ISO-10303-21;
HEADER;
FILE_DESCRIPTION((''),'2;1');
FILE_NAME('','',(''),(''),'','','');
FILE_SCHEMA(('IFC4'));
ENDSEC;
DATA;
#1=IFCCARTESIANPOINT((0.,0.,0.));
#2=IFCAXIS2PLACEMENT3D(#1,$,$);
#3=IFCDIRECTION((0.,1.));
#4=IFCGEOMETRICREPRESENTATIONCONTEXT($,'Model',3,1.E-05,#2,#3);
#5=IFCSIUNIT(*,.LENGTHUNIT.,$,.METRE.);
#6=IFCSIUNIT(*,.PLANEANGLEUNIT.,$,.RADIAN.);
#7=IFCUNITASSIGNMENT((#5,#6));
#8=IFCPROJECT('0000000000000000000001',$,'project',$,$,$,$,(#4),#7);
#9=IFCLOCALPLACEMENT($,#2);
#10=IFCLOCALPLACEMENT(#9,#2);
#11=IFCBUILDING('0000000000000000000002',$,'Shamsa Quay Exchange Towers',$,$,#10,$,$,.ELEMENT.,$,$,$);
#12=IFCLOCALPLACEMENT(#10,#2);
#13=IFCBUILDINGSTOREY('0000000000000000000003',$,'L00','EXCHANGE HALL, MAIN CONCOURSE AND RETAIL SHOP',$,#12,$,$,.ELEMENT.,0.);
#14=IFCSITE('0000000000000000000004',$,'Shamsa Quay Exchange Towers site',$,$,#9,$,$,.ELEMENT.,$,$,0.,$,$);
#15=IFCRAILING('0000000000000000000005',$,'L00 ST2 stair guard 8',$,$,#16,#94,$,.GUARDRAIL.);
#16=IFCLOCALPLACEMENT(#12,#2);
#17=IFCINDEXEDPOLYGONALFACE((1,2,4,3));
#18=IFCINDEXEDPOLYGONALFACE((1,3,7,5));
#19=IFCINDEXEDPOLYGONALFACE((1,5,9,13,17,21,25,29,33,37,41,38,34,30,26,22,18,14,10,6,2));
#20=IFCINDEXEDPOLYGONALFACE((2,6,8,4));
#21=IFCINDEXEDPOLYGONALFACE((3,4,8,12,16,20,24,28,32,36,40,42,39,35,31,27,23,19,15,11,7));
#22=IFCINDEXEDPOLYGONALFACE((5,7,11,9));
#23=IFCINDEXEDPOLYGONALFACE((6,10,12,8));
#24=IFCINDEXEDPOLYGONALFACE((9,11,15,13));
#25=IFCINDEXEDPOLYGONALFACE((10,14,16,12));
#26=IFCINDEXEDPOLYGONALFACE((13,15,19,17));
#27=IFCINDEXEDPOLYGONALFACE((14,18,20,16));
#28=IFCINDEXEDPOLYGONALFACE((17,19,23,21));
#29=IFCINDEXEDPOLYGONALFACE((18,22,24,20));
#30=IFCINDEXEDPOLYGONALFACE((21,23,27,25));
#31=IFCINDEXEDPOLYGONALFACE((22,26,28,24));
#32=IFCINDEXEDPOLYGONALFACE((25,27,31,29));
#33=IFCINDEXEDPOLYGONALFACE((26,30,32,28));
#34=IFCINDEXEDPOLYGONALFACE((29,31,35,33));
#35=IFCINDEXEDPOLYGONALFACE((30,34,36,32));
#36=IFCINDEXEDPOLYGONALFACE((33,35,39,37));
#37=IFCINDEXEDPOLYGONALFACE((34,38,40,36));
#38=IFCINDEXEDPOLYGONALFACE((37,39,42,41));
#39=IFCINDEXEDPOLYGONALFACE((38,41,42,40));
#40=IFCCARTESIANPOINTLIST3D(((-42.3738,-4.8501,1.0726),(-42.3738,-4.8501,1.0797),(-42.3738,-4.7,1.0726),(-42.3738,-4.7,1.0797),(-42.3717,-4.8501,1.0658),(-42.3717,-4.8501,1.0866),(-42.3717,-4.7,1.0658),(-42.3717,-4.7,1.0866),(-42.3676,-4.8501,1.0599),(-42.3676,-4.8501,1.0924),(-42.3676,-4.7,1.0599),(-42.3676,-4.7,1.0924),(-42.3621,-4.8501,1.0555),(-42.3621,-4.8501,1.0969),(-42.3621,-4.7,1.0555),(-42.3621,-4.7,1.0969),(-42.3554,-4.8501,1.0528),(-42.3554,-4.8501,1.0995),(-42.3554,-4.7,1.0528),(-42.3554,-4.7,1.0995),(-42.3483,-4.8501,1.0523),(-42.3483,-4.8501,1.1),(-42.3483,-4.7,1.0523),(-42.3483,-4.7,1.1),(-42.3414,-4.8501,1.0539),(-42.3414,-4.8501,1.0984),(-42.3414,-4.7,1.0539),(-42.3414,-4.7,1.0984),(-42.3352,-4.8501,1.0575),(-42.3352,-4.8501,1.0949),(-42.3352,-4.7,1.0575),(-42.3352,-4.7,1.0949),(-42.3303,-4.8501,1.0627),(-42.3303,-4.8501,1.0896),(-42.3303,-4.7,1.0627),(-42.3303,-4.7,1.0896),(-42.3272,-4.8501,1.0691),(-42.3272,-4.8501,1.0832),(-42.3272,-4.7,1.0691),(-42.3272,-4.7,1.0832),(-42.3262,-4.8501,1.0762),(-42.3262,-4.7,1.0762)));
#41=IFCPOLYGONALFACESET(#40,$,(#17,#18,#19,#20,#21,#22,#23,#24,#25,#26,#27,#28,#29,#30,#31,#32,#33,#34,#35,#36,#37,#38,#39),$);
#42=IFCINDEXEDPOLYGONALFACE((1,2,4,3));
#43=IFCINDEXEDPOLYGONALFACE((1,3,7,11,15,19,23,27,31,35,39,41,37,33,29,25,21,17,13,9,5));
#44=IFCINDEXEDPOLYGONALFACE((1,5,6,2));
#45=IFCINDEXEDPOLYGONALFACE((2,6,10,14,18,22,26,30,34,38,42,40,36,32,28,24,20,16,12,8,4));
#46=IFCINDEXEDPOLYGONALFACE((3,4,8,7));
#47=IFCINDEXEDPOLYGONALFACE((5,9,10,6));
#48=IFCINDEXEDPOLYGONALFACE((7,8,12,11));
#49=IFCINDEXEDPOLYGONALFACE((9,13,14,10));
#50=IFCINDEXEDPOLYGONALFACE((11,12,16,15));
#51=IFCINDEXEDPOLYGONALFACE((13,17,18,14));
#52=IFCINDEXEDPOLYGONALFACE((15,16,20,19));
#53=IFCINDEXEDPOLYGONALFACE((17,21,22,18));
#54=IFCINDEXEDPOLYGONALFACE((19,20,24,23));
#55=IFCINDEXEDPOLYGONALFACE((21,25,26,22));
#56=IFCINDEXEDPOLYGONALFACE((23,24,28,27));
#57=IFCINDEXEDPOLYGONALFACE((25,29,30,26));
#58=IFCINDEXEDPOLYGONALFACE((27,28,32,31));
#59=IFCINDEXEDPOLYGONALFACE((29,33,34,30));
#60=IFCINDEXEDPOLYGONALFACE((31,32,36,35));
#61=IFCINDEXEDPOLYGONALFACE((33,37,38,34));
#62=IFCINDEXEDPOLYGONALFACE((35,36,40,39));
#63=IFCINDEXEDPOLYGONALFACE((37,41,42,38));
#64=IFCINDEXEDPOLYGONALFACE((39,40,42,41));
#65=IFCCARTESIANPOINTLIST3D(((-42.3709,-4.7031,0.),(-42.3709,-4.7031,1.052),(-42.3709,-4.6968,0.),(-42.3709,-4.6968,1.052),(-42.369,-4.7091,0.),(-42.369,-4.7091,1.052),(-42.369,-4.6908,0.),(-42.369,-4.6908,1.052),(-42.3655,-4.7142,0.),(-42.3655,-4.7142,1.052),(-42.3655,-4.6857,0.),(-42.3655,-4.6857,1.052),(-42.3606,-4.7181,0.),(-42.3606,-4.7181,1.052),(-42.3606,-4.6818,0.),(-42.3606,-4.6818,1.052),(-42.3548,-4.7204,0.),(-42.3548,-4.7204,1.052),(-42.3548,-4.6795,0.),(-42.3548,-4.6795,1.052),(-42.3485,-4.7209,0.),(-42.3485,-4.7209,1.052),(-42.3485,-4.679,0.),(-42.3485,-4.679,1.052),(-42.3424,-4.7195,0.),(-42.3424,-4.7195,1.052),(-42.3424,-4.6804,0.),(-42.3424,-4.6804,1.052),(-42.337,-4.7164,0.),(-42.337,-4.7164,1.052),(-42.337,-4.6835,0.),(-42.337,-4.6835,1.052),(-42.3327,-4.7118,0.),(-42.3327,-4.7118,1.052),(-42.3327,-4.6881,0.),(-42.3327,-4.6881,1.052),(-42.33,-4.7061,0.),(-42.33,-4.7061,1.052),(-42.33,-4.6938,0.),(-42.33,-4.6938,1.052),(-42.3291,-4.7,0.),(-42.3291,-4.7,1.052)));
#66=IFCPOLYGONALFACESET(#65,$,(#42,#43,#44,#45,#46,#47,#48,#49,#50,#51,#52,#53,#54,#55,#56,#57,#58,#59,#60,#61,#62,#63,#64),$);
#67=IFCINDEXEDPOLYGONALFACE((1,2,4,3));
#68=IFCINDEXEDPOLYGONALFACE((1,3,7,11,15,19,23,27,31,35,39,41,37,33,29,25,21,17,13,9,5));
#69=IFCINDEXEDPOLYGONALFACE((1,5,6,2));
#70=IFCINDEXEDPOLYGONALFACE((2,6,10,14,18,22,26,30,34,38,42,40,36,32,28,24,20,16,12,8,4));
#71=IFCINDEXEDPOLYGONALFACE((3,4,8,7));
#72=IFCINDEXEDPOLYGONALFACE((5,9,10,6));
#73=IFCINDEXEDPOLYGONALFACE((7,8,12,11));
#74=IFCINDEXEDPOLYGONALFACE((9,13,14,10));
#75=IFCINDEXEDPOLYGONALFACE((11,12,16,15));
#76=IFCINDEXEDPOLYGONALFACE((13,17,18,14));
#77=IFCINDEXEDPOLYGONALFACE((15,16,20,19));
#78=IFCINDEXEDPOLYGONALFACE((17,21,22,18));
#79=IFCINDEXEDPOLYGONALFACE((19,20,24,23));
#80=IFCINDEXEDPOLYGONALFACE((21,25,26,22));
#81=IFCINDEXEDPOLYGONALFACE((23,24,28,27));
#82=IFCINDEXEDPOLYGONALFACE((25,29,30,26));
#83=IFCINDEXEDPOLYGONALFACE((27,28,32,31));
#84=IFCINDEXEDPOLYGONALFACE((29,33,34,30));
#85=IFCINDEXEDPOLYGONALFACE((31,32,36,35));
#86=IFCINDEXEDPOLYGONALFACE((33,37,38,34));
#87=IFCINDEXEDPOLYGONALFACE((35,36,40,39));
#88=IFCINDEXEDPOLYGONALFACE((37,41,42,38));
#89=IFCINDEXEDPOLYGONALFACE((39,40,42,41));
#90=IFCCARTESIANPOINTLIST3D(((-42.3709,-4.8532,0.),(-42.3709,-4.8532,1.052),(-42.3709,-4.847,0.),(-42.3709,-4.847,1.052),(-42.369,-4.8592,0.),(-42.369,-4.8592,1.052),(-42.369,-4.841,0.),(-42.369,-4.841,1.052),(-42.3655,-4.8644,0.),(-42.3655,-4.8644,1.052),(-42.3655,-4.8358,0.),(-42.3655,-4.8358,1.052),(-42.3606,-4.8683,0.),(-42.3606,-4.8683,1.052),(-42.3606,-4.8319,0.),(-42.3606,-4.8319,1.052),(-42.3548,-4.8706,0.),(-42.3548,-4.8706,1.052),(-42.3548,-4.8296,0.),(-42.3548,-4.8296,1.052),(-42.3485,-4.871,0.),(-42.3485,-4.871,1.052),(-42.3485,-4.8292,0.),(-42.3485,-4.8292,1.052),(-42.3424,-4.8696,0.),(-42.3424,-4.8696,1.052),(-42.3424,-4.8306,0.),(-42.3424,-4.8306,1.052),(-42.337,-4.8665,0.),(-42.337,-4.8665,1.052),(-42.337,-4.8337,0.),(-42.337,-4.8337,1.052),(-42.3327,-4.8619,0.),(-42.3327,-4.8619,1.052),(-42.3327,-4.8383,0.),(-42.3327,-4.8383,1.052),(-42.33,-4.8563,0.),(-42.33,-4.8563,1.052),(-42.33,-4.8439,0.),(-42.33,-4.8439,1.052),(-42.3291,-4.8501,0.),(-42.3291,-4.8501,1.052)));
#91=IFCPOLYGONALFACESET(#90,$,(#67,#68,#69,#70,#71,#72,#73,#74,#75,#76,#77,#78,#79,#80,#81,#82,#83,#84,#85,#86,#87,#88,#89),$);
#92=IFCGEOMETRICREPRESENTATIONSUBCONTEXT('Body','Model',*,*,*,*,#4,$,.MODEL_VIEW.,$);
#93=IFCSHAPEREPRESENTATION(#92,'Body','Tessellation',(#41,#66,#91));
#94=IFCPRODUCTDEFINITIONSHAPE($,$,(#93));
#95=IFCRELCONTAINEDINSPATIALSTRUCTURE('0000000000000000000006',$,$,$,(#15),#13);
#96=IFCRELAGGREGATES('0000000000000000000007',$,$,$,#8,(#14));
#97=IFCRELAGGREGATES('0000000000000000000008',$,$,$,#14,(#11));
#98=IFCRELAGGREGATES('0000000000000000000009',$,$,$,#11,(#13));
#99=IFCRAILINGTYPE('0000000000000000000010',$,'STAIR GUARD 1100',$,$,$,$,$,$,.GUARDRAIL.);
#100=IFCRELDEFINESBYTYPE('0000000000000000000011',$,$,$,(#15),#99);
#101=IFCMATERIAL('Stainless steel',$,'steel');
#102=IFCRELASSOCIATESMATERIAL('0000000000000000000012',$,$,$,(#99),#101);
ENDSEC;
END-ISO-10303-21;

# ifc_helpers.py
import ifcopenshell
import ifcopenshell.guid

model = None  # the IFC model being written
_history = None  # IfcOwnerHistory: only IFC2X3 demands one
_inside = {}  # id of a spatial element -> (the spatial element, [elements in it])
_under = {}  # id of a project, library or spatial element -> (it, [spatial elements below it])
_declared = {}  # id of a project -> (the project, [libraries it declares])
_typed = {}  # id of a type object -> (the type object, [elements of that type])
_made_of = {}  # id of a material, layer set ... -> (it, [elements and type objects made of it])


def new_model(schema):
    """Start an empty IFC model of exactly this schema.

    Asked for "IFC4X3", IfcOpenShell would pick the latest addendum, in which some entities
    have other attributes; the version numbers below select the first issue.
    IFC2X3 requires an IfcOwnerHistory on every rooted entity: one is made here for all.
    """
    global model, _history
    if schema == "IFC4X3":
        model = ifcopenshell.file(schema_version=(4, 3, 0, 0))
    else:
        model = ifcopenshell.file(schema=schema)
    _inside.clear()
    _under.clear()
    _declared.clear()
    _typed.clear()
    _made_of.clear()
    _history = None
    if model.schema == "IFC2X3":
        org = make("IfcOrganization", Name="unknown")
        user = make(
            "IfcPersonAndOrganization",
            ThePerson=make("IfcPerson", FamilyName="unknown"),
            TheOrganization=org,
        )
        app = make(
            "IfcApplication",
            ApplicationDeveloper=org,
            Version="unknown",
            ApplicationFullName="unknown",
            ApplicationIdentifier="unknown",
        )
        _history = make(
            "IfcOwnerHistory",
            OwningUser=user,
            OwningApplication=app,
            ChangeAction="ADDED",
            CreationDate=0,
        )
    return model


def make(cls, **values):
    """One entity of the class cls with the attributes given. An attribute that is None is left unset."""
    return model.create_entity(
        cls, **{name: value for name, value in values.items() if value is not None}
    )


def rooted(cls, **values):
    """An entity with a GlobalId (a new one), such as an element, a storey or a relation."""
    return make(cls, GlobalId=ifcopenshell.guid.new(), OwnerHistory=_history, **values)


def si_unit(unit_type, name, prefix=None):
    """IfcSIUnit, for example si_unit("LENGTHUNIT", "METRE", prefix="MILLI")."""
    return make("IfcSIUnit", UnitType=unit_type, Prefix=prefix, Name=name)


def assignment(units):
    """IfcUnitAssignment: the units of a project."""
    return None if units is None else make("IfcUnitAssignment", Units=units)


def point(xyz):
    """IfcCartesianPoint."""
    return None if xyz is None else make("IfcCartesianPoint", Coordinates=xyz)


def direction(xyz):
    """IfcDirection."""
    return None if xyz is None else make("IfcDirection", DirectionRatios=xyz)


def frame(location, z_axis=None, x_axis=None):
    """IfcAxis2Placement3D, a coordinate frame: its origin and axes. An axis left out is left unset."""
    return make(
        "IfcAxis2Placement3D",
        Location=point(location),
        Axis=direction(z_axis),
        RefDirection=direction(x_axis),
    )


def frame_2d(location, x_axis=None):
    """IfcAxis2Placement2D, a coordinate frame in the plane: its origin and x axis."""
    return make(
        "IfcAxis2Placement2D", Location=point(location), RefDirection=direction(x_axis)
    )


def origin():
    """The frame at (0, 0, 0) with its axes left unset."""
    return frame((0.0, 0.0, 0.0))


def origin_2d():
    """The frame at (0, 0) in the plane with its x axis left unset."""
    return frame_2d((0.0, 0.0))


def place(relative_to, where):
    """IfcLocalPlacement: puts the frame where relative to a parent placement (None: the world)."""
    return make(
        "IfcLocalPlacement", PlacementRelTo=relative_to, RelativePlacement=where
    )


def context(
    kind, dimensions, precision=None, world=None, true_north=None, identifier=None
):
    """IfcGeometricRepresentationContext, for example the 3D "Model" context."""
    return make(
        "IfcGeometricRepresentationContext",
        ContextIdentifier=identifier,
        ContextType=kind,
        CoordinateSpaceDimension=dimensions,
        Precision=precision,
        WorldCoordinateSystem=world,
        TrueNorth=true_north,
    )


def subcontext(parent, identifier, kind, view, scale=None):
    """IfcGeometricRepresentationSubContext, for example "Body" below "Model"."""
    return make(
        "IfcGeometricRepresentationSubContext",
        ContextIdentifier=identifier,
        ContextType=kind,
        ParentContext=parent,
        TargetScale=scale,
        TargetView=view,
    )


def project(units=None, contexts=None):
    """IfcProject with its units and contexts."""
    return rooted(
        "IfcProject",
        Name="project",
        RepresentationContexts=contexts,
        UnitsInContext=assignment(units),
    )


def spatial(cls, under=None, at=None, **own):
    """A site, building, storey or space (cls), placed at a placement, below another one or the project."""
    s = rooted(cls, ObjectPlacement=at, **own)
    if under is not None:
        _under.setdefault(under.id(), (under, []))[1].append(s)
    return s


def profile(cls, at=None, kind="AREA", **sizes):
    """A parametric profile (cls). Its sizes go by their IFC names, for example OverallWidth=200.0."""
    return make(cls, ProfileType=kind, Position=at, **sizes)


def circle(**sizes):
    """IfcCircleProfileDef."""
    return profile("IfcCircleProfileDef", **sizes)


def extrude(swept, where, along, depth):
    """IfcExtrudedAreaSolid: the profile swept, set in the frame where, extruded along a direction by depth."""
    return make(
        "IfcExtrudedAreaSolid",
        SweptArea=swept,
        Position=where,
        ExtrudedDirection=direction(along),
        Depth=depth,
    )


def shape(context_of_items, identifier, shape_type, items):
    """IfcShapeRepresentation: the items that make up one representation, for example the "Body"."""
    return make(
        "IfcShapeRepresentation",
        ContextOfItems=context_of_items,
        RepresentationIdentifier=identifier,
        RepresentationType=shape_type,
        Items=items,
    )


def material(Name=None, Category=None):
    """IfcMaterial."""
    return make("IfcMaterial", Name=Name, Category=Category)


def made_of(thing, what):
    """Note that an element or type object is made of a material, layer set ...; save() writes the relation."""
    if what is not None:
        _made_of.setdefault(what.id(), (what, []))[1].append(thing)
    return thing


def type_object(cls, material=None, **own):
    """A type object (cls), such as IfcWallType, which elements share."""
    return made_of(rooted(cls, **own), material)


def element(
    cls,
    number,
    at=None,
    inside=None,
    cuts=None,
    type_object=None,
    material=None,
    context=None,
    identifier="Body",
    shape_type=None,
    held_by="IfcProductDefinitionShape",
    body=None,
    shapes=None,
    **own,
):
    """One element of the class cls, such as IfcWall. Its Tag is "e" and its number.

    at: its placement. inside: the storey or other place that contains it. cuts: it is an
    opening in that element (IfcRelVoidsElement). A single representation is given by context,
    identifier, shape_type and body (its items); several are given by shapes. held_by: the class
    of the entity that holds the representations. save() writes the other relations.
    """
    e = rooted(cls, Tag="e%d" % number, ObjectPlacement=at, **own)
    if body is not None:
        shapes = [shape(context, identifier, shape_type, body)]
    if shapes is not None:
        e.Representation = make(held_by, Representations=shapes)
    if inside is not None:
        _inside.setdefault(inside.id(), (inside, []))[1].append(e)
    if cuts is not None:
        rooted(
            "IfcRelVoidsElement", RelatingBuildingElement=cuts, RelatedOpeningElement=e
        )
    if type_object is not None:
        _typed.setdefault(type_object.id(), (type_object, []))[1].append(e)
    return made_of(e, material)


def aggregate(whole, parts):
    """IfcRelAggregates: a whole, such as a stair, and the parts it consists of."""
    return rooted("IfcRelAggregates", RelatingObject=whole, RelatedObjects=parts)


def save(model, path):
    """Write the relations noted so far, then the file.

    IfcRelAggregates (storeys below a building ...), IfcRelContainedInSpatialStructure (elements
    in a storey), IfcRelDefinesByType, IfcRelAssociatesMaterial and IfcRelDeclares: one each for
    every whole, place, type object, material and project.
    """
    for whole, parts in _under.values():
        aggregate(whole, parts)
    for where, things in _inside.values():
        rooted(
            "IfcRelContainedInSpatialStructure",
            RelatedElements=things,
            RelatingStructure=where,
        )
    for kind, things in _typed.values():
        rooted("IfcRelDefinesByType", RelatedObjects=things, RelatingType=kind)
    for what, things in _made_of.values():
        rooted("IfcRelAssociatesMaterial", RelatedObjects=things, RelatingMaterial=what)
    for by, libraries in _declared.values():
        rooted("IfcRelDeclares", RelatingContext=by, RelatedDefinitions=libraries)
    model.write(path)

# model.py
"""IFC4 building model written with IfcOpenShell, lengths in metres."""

from ifc_helpers import new_model, si_unit, direction, frame, origin, origin_2d, place, context, subcontext, project, spatial, circle, extrude, material, type_object, element, save


model = new_model("IFC4")

# Units and contexts
model_context = context("Model", 3, precision=1e-05, world=origin(), true_north=direction((0.0, 1.0)))
body_context = subcontext(model_context, "Body", "Model", "MODEL_VIEW")
ifc_project = project(units=[si_unit("LENGTHUNIT", "METRE"), si_unit("PLANEANGLEUNIT", "RADIAN")], contexts=[model_context])

# Site, building, storey
site_placement = place(None, origin())
site = spatial("IfcSite", under=ifc_project, at=site_placement, Name="Shamsa Quay Exchange Towers site", CompositionType="ELEMENT", RefElevation=0.0)
building_placement = place(site_placement, origin())
building = spatial("IfcBuilding", under=site, at=building_placement, Name="Shamsa Quay Exchange Towers", CompositionType="ELEMENT")
storey_placement = place(building_placement, origin())
storey = spatial("IfcBuildingStorey", under=building, at=storey_placement, Name="L00", Description="EXCHANGE HALL, MAIN CONCOURSE AND RETAIL SHOP", CompositionType="ELEMENT", Elevation=0.0)

# Railing
ifc_material_1 = material(Name="Stainless steel", Category="steel")
railing_type_1 = type_object("IfcRailingType", Name="STAIR GUARD 1100", PredefinedType="GUARDRAIL", material=ifc_material_1)
railing_1_placement = place(storey_placement, frame((-42.3501, -4.7, 0.0)))
element("IfcRailing", 1, at=railing_1_placement, inside=storey, type_object=railing_type_1, Name="L00 ST2 stair guard 8", PredefinedType="GUARDRAIL", context=body_context, shape_type="SweptSolid", body=[
    extrude(circle(Radius=0.0239, at=origin_2d()), frame((0.0, 0.0, 1.0762), z_axis=(0.0, -1.0, 0.0), x_axis=(1.0, 0.0, 0.0)), (0.0, 0.0, 1.0), 0.1501),
    extrude(circle(Radius=0.021, at=origin_2d()), origin(), (0.0, 0.0, 1.0), 1.052),
    extrude(circle(Radius=0.021, at=origin_2d()), frame((0.0, -0.1501, 0.0)), (0.0, 0.0, 1.0), 1.052),
])

save(model, "model.ifc")
